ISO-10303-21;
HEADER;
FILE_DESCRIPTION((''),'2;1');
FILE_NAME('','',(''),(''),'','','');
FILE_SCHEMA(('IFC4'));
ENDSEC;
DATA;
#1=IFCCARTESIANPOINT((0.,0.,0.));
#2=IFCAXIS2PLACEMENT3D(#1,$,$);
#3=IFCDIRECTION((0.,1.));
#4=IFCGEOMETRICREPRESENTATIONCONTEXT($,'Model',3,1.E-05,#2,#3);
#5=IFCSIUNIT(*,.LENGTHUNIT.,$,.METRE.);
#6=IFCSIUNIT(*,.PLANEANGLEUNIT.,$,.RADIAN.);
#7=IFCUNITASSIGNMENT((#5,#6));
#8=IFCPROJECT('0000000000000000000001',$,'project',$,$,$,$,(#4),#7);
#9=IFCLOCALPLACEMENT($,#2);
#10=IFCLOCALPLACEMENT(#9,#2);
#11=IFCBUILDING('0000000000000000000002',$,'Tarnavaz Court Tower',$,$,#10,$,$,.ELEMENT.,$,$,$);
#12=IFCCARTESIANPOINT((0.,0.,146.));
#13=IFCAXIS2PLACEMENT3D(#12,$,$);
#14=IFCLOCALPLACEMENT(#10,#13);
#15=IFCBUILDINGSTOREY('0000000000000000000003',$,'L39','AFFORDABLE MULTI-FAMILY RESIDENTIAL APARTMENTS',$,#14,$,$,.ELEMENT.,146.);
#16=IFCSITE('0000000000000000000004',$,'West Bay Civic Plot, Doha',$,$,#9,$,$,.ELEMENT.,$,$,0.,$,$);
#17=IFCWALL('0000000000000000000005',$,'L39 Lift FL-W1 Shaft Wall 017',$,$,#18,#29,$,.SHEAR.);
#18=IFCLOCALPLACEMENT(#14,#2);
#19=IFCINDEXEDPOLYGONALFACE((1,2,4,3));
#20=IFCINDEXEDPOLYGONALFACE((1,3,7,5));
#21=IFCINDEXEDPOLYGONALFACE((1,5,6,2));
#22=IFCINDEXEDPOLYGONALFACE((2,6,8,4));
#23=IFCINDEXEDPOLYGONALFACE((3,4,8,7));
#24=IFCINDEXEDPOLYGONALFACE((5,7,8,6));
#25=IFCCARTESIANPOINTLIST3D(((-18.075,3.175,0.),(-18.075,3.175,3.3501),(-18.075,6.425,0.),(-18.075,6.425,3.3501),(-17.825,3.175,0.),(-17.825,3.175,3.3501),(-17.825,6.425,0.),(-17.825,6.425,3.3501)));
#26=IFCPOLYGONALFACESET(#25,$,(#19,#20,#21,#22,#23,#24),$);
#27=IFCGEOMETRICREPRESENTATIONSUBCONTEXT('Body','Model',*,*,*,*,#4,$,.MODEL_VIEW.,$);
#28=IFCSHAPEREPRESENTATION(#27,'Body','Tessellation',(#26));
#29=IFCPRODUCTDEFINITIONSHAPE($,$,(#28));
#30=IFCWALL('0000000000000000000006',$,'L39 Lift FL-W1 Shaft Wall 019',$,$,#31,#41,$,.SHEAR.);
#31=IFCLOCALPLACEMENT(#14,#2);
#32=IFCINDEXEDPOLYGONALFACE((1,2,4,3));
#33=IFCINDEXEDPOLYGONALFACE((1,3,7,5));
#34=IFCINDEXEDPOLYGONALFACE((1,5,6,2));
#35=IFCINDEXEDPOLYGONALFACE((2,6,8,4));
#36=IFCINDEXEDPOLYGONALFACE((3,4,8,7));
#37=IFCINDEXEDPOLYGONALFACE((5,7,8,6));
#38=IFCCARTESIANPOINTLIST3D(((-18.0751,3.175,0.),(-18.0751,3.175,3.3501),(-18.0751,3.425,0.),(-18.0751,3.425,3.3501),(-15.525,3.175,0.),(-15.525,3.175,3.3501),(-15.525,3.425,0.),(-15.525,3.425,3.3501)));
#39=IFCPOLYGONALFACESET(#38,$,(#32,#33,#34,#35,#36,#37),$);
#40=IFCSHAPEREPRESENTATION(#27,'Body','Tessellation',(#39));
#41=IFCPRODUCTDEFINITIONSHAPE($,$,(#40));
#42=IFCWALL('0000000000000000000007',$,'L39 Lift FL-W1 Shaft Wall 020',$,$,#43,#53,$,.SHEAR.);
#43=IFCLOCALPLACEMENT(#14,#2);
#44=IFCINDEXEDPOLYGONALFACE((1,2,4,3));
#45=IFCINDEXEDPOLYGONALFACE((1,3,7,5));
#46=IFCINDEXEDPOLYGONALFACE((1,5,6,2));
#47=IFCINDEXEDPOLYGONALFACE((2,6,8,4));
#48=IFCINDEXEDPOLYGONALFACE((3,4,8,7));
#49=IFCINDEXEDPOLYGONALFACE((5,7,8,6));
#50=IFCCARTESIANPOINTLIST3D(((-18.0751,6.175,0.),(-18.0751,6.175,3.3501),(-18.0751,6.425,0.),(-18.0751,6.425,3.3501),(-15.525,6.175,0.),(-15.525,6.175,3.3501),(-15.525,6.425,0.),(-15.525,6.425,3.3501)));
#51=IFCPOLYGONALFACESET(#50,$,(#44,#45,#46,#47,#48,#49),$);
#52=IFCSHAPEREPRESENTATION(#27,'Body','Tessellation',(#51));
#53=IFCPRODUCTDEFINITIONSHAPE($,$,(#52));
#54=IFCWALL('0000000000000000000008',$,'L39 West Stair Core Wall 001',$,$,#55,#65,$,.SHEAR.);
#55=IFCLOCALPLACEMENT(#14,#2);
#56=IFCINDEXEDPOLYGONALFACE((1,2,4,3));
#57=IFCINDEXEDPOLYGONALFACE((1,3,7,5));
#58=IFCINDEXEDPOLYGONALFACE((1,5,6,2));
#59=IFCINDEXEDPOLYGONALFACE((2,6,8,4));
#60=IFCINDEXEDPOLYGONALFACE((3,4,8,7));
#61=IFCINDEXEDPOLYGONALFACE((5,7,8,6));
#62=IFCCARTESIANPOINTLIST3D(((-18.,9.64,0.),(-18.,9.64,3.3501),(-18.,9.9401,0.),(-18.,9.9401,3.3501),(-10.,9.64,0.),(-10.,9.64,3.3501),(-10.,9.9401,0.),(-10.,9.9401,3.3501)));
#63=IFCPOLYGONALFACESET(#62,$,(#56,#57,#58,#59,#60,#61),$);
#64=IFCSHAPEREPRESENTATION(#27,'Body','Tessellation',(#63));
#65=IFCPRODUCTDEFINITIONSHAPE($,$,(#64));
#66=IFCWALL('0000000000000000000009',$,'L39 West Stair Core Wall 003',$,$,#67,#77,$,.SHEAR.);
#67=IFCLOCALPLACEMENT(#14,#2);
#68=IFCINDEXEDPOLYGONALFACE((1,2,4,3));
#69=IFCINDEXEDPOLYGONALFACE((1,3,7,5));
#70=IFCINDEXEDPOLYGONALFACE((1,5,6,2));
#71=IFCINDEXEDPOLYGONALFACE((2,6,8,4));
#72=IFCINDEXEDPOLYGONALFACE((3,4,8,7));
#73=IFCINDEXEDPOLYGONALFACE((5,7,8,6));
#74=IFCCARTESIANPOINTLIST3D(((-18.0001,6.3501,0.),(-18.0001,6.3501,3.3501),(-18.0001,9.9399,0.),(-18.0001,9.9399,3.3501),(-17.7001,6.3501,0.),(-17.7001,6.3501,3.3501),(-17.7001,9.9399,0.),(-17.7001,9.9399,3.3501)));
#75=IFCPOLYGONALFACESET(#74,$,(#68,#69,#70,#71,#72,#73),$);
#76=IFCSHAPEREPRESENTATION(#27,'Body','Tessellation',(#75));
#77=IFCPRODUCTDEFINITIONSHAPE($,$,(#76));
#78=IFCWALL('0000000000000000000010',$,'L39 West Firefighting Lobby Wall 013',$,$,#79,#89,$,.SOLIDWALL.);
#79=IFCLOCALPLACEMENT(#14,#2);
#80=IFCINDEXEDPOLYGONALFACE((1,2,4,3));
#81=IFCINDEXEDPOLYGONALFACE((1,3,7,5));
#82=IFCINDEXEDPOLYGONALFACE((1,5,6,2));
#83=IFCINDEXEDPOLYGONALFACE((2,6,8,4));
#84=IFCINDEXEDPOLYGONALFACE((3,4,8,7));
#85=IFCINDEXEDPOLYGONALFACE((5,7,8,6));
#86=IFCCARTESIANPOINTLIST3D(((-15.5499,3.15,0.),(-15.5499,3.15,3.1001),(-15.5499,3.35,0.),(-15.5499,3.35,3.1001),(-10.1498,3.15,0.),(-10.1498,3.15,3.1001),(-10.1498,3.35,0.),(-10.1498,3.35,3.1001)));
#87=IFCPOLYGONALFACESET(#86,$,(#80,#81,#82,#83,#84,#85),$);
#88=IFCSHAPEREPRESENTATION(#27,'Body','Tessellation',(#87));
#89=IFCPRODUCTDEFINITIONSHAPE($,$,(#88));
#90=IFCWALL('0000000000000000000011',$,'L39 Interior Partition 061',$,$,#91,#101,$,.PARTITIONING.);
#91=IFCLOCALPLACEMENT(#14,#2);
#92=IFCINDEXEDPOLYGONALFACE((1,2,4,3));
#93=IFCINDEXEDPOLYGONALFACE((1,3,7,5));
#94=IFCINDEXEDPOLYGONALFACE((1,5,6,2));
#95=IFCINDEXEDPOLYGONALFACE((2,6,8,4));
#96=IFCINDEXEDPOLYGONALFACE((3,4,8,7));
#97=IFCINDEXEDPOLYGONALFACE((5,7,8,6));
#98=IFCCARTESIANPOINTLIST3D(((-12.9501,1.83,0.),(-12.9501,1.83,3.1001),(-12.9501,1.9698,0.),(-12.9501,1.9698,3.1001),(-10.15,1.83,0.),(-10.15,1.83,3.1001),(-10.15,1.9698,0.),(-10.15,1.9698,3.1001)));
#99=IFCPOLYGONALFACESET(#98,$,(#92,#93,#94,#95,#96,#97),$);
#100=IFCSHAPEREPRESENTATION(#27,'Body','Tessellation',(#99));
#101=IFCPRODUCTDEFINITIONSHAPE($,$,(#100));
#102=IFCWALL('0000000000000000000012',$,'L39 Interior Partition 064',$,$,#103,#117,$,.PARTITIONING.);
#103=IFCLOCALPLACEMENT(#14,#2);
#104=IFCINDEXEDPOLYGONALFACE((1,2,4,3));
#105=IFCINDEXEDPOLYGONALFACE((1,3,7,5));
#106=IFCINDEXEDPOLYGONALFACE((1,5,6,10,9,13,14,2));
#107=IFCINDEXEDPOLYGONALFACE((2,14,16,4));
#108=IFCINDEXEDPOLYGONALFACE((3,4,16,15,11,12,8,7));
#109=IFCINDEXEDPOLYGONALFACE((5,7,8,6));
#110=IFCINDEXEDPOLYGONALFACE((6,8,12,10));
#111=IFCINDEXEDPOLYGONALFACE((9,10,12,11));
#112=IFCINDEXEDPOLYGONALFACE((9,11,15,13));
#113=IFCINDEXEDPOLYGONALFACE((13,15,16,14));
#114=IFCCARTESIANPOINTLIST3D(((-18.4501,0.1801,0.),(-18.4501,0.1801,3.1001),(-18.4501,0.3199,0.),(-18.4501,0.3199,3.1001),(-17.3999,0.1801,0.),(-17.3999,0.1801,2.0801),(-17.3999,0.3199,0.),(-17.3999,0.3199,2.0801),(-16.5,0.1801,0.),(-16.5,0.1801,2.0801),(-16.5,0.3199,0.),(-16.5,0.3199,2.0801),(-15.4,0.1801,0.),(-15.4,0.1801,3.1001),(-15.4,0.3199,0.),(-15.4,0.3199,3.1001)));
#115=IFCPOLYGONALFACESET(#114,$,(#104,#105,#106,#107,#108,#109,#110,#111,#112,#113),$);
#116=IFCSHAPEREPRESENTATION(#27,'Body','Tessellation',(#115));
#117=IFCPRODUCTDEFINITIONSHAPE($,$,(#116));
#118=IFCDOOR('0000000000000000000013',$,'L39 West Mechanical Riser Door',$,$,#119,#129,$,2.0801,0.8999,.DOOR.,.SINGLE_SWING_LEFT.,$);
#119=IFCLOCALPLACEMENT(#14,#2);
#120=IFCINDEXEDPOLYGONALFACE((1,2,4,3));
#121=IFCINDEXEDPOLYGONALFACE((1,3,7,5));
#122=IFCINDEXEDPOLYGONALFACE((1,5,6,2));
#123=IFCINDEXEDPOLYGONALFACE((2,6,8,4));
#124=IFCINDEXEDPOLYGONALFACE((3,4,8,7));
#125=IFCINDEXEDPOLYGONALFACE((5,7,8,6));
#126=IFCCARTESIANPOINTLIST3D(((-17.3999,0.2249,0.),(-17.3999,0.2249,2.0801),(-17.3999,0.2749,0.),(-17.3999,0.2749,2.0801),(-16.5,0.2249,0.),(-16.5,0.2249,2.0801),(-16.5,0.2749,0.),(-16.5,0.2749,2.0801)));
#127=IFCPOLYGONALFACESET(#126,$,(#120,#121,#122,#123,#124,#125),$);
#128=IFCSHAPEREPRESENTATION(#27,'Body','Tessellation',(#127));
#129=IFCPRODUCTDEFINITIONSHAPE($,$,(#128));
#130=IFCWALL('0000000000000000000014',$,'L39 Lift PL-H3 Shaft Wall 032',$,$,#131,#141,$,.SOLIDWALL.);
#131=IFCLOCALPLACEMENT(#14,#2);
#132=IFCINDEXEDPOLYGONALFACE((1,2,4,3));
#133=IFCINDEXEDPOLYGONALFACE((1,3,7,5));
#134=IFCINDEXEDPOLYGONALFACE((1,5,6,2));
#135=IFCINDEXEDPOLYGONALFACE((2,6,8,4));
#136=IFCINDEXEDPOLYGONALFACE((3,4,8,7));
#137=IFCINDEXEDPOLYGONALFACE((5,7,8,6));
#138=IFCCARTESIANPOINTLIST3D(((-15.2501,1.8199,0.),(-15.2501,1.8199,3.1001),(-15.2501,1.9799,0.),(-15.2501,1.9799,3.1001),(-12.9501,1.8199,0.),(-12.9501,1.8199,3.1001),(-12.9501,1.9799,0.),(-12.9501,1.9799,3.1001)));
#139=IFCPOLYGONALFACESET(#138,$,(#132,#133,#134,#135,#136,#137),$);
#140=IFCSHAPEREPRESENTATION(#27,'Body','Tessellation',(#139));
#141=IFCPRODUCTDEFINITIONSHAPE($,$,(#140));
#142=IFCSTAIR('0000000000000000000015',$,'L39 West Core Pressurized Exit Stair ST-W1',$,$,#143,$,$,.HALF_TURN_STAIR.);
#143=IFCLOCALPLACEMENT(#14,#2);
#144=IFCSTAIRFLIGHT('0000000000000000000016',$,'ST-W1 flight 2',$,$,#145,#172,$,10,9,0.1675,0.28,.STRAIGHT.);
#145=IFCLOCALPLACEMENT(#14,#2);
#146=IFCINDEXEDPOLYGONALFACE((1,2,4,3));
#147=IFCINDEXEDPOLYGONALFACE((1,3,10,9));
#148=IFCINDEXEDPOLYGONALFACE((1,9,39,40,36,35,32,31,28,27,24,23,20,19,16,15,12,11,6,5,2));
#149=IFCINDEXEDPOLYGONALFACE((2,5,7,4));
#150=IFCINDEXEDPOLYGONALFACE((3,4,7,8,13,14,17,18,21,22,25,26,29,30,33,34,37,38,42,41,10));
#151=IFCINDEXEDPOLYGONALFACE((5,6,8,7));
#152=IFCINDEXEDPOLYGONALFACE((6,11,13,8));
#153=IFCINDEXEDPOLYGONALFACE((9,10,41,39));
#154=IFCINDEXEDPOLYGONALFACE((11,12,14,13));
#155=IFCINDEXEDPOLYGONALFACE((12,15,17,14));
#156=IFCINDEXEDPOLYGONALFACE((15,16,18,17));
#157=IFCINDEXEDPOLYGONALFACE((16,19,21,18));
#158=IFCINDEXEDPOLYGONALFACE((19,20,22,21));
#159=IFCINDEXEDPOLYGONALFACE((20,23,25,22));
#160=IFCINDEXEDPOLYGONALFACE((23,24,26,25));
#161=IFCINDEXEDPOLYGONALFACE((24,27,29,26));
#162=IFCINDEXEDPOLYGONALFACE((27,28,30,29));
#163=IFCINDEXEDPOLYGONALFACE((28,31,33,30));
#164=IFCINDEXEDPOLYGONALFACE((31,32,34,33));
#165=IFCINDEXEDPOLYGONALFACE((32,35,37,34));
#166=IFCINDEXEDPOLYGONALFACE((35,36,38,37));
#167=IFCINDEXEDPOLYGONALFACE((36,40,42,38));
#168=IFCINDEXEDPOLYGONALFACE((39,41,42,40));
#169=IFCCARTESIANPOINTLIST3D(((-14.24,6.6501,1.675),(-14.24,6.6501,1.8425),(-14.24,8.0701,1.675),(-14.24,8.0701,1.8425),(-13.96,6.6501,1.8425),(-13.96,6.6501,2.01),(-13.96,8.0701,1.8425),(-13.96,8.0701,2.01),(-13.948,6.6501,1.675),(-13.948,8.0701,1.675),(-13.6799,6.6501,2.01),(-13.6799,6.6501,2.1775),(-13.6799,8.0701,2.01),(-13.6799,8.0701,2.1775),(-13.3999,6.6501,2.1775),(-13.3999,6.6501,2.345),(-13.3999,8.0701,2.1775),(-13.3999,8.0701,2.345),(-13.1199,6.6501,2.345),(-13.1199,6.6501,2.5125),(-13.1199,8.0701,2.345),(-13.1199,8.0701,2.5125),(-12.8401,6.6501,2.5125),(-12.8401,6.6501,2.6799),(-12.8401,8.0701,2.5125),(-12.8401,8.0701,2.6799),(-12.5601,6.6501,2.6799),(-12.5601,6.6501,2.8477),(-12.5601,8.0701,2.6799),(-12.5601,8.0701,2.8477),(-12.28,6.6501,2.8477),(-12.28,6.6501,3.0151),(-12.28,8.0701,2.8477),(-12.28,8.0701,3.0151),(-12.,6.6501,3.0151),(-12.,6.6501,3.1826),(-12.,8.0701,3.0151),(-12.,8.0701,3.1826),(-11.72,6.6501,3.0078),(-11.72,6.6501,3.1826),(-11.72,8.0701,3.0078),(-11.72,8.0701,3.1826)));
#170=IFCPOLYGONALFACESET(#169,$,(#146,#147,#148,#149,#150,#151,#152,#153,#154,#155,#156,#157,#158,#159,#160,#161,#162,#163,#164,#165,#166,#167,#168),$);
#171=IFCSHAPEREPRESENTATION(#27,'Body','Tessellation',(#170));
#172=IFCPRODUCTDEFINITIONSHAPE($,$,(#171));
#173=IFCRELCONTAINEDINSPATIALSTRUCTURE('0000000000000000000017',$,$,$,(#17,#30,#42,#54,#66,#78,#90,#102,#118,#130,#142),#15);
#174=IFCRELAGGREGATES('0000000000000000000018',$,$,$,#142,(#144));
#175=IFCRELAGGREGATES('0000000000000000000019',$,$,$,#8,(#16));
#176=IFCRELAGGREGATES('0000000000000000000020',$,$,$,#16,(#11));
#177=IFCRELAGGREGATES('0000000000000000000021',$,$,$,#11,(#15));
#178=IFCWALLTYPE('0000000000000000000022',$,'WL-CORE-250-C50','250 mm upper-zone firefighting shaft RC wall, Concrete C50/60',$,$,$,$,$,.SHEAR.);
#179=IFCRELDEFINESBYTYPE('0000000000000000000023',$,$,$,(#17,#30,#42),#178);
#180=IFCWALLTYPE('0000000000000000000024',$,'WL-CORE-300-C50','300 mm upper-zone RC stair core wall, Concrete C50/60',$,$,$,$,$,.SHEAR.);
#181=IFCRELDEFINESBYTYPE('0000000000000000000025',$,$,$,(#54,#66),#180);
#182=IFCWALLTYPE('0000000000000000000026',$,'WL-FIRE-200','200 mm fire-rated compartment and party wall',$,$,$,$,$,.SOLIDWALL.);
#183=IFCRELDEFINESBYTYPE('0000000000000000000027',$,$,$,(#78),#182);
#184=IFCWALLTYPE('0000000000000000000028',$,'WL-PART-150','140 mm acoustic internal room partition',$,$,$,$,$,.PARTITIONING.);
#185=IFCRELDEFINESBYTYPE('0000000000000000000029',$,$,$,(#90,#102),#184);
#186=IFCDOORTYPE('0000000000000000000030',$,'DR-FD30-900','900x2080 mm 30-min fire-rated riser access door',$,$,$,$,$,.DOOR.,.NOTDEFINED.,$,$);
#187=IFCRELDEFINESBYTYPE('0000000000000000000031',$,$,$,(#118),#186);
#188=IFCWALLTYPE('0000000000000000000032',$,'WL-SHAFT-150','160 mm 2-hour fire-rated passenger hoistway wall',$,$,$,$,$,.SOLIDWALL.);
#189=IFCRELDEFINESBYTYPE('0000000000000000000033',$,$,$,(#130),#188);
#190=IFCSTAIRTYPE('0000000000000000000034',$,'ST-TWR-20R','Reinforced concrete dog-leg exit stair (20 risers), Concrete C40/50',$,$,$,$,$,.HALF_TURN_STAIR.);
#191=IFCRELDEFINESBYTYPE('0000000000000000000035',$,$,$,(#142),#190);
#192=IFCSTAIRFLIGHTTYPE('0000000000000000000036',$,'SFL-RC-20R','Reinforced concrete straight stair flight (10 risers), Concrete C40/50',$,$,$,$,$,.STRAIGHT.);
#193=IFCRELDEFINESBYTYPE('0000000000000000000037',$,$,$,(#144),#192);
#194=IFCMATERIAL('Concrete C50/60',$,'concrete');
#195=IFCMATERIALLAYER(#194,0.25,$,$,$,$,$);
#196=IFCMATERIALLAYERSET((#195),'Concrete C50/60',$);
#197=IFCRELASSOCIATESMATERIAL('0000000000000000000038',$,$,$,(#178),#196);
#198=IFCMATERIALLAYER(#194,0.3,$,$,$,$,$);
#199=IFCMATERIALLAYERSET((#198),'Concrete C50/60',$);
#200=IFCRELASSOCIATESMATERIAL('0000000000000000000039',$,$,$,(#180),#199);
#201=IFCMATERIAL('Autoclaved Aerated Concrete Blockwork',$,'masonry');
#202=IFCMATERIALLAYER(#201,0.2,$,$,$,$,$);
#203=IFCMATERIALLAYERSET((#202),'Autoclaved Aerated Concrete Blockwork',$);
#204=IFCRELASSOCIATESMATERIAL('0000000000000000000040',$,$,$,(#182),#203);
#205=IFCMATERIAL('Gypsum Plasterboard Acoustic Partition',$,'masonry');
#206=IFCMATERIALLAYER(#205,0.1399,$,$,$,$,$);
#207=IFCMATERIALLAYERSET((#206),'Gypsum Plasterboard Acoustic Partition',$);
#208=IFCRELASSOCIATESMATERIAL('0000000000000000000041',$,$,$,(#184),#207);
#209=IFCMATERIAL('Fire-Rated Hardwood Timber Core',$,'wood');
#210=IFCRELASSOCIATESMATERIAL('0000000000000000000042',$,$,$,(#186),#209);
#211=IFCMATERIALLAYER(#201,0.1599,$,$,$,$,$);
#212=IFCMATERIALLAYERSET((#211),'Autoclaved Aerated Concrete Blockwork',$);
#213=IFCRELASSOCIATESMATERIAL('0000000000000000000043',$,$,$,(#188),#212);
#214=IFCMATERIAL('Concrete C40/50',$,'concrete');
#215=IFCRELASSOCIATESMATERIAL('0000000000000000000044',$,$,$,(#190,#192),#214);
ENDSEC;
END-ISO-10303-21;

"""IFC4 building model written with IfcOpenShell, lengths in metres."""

from ifc_helpers import new_model, si_unit, direction, frame, frame_2d, origin, place, context, subcontext, project, spatial, polyline, rectangle, outline, extrude, material, layer, layer_set, type_object, element, fill, aggregate, save


model = new_model("IFC4")

# Units and contexts
model_context = context("Model", 3, precision=1e-05, world=origin(), true_north=direction((0.0, 1.0)))
body_context = subcontext(model_context, "Body", "Model", "MODEL_VIEW")
ifc_project = project(units=[si_unit("LENGTHUNIT", "METRE"), si_unit("PLANEANGLEUNIT", "RADIAN")], contexts=[model_context])

# Site, building, storey
site_placement = place(None, origin())
site = spatial("IfcSite", under=ifc_project, at=site_placement, Name="West Bay Civic Plot, Doha", CompositionType="ELEMENT", RefElevation=0.0)
building_placement = place(site_placement, origin())
building = spatial("IfcBuilding", under=site, at=building_placement, Name="Tarnavaz Court Tower", CompositionType="ELEMENT")
storey_placement = place(building_placement, frame((0.0, 0.0, 146.0)))
storey = spatial("IfcBuildingStorey", under=building, at=storey_placement, Name="L39", Description="AFFORDABLE MULTI-FAMILY RESIDENTIAL APARTMENTS", CompositionType="ELEMENT", Elevation=146.0)

# Shared definitions
ifc_material_1 = material(Name="Concrete C50/60", Category="concrete")

# Wall
ifc_layer_1 = layer(ifc_material_1, 0.25)
ifc_layer_set_1 = layer_set([ifc_layer_1], Name="Concrete C50/60")
wall_type_1 = type_object("IfcWallType", Name="WL-CORE-250-C50", Description="250 mm upper-zone firefighting shaft RC wall, Concrete C50/60", PredefinedType="SHEAR", material=ifc_layer_set_1)
wall_1_placement = place(storey_placement, frame((-17.95, 3.175, 0.0), z_axis=(0.0, 0.0, 1.0), x_axis=(0.0, 1.0, 0.0)))
element("IfcWall", 1, at=wall_1_placement, inside=storey, type_object=wall_type_1, Name="L39 Lift FL-W1 Shaft Wall 017", PredefinedType="SHEAR", context=body_context, shape_type="SweptSolid", body=[
    extrude(rectangle(XDim=3.25, YDim=0.25, at=frame_2d((1.625, 0.0))), origin(), (0.0, 0.0, 1.0), 3.3501),
])

# Walls
for number, where, z_axis, x_axis, name in (
    (2, (-18.075, 3.3, 0.0), (0.0, 0.0, 1.0), (1.0, 0.0, 0.0), "L39 Lift FL-W1 Shaft Wall 019"),
    (3, (-18.075, 6.3, 0.0), (0.0, 0.0, 1.0), (1.0, 0.0, 0.0), "L39 Lift FL-W1 Shaft Wall 020"),
):
    element("IfcWall", number, at=place(storey_placement, frame(where, z_axis=z_axis, x_axis=x_axis)), inside=storey, type_object=wall_type_1, Name=name, PredefinedType="SHEAR", context=body_context, shape_type="SweptSolid", body=[
        extrude(rectangle(XDim=2.55, YDim=0.25, at=frame_2d((1.2749, 0.0))), origin(), (0.0, 0.0, 1.0), 3.3501),
    ])
ifc_layer_2 = layer(ifc_material_1, 0.3)
ifc_layer_set_2 = layer_set([ifc_layer_2], Name="Concrete C50/60")
wall_type_2 = type_object("IfcWallType", Name="WL-CORE-300-C50", Description="300 mm upper-zone RC stair core wall, Concrete C50/60", PredefinedType="SHEAR", material=ifc_layer_set_2)
wall_2_placement = place(storey_placement, frame((-18.0, 9.79, 0.0), z_axis=(0.0, 0.0, 1.0), x_axis=(1.0, 0.0, 0.0)))
element("IfcWall", 4, at=wall_2_placement, inside=storey, type_object=wall_type_2, Name="L39 West Stair Core Wall 001", PredefinedType="SHEAR", context=body_context, shape_type="SweptSolid", body=[
    extrude(rectangle(XDim=8.0, YDim=0.3, at=frame_2d((4.0, 0.0))), origin(), (0.0, 0.0, 1.0), 3.3501),
])

# Shared definitions
ifc_material_2 = material(Name="Fire-Rated Hardwood Timber Core", Category="wood")

# Walls
wall_3_placement = place(storey_placement, frame((-17.8501, 6.3501, 0.0), z_axis=(0.0, 0.0, 1.0), x_axis=(0.0, 1.0, 0.0)))
element("IfcWall", 5, at=wall_3_placement, inside=storey, type_object=wall_type_2, Name="L39 West Stair Core Wall 003", PredefinedType="SHEAR", context=body_context, shape_type="SweptSolid", body=[
    extrude(rectangle(XDim=3.5898, YDim=0.3, at=frame_2d((1.7949, 0.0))), origin(), (0.0, 0.0, 1.0), 3.3501),
])
ifc_material_3 = material(Name="Autoclaved Aerated Concrete Blockwork", Category="masonry")
ifc_layer_3 = layer(ifc_material_3, 0.2)
ifc_layer_set_3 = layer_set([ifc_layer_3], Name="Autoclaved Aerated Concrete Blockwork")
wall_type_3 = type_object("IfcWallType", Name="WL-FIRE-200", Description="200 mm fire-rated compartment and party wall", PredefinedType="SOLIDWALL", material=ifc_layer_set_3)
wall_4_placement = place(storey_placement, frame((-15.55, 3.25, 0.0), z_axis=(0.0, 0.0, 1.0), x_axis=(1.0, 0.0, 0.0)))
element("IfcWall", 6, at=wall_4_placement, inside=storey, type_object=wall_type_3, Name="L39 West Firefighting Lobby Wall 013", PredefinedType="SOLIDWALL", context=body_context, shape_type="SweptSolid", body=[
    extrude(rectangle(XDim=5.4001, YDim=0.2, at=frame_2d((2.7002, 0.0))), origin(), (0.0, 0.0, 1.0), 3.1001),
])
ifc_material_4 = material(Name="Gypsum Plasterboard Acoustic Partition", Category="masonry")
ifc_layer_4 = layer(ifc_material_4, 0.1399)
ifc_layer_set_4 = layer_set([ifc_layer_4], Name="Gypsum Plasterboard Acoustic Partition")
wall_type_4 = type_object("IfcWallType", Name="WL-PART-150", Description="140 mm acoustic internal room partition", PredefinedType="PARTITIONING", material=ifc_layer_set_4)
wall_5_placement = place(storey_placement, frame((-12.95, 1.8999, 0.0), z_axis=(0.0, 0.0, 1.0), x_axis=(1.0, 0.0, 0.0)))
element("IfcWall", 7, at=wall_5_placement, inside=storey, type_object=wall_type_4, Name="L39 Interior Partition 061", PredefinedType="PARTITIONING", context=body_context, shape_type="SweptSolid", body=[
    extrude(rectangle(XDim=2.8, YDim=0.1399, at=frame_2d((1.3999, 0.0))), origin(), (0.0, 0.0, 1.0), 3.1001),
])

# Wall, opening, door
wall_6_placement = place(storey_placement, frame((-18.45, 0.25, 0.0), z_axis=(0.0, 0.0, 1.0), x_axis=(1.0, 0.0, 0.0)))
wall_6 = element("IfcWall", 8, at=wall_6_placement, inside=storey, type_object=wall_type_4, Name="L39 Interior Partition 064", PredefinedType="PARTITIONING", context=body_context, shape_type="SweptSolid", body=[
    extrude(rectangle(XDim=3.05, YDim=0.1399, at=frame_2d((1.5249, 0.0))), origin(), (0.0, 0.0, 1.0), 3.1001),
])
opening_1_placement = place(wall_6_placement, frame((1.05, 0.0, 0.0)))
opening_1 = element("IfcOpeningElement", 9, at=opening_1_placement, cuts=wall_6, PredefinedType="OPENING", context=body_context, shape_type="SweptSolid", body=[
    extrude(rectangle(XDim=0.8999, YDim=2.0801, at=frame_2d((0.45, 1.04))), frame((0.0, 0.0798, 0.0), z_axis=(0.0, -1.0, 0.0), x_axis=(1.0, 0.0, 0.0)), (0.0, 0.0, 1.0), 0.1599),
])
door_type_1 = type_object("IfcDoorType", Name="DR-FD30-900", Description="900x2080 mm 30-min fire-rated riser access door", OperationType="NOTDEFINED", PredefinedType="DOOR", material=ifc_material_2)
door_1_placement = place(opening_1_placement, origin())
door_1 = element("IfcDoor", 10, at=door_1_placement, inside=storey, type_object=door_type_1, Name="L39 West Mechanical Riser Door", OperationType="SINGLE_SWING_LEFT", OverallHeight=2.0801, OverallWidth=0.8999, PredefinedType="DOOR", context=body_context, shape_type="SweptSolid", body=[
    extrude(rectangle(XDim=0.8999, YDim=2.0801, at=frame_2d((0.45, 1.04))), frame((0.0, 0.0249, 0.0), z_axis=(0.0, -1.0, 0.0), x_axis=(1.0, 0.0, 0.0)), (0.0, 0.0, 1.0), 0.05),
])
fill(opening_1, door_1)

# Wall
ifc_layer_5 = layer(ifc_material_3, 0.1599)
ifc_layer_set_5 = layer_set([ifc_layer_5], Name="Autoclaved Aerated Concrete Blockwork")
wall_type_5 = type_object("IfcWallType", Name="WL-SHAFT-150", Description="160 mm 2-hour fire-rated passenger hoistway wall", PredefinedType="SOLIDWALL", material=ifc_layer_set_5)
wall_7_placement = place(storey_placement, frame((-15.25, 1.8999, 0.0), z_axis=(0.0, 0.0, 1.0), x_axis=(1.0, 0.0, 0.0)))
element("IfcWall", 11, at=wall_7_placement, inside=storey, type_object=wall_type_5, Name="L39 Lift PL-H3 Shaft Wall 032", PredefinedType="SOLIDWALL", context=body_context, shape_type="SweptSolid", body=[
    extrude(rectangle(XDim=2.3, YDim=0.1599, at=frame_2d((1.1499, 0.0))), origin(), (0.0, 0.0, 1.0), 3.1001),
])

# Stair, stair flight
ifc_material_5 = material(Name="Concrete C40/50", Category="concrete")
stair_type = type_object("IfcStairType", Name="ST-TWR-20R", Description="Reinforced concrete dog-leg exit stair (20 risers), Concrete C40/50", PredefinedType="HALF_TURN_STAIR", material=ifc_material_5)
stair_placement = place(storey_placement, origin())
stair = element("IfcStair", 12, at=stair_placement, inside=storey, type_object=stair_type, Name="L39 West Core Pressurized Exit Stair ST-W1", PredefinedType="HALF_TURN_STAIR")
stair_flight_type = type_object("IfcStairFlightType", Name="SFL-RC-20R", Description="Reinforced concrete straight stair flight (10 risers), Concrete C40/50", PredefinedType="STRAIGHT", material=ifc_material_5)
stair_flight_placement = place(storey_placement, frame((-14.24, 7.3601, 1.675), z_axis=(0.0, 0.0, 1.0), x_axis=(1.0, 0.0, 0.0)))
stair_flight = element("IfcStairFlight", 13, at=stair_flight_placement, type_object=stair_flight_type, Name="ST-W1 flight 2", NumberOfRisers=10, NumberOfTreads=9, PredefinedType="STRAIGHT", RiserHeight=0.1675, TreadLength=0.28, context=body_context, shape_type="SweptSolid", body=[
    extrude(outline(polyline([(0.0, 0.0), (0.0, 0.1675), (0.28, 0.1675), (0.28, 0.335), (0.5601, 0.335), (0.5601, 0.5024), (0.8401, 0.5024), (0.8401, 0.6699), (1.1201, 0.6699), (1.1201, 0.8374), (1.3999, 0.8374), (1.3999, 1.0049), (1.6799, 1.0049), (1.6799, 1.1726), (1.96, 1.1726), (1.96, 1.3401), (2.24, 1.3401), (2.24, 1.5076), (2.52, 1.5076), (2.52, 1.675), (2.52, 1.3328), (0.292, 0.0), (0.0, 0.0)])), frame((0.0, 0.71, 0.0), z_axis=(0.0, -1.0, 0.0), x_axis=(1.0, 0.0, 0.0)), (0.0, 0.0, 1.0), 1.4199),
])
aggregate(stair, [stair_flight])

save(model, "model.ifc")
